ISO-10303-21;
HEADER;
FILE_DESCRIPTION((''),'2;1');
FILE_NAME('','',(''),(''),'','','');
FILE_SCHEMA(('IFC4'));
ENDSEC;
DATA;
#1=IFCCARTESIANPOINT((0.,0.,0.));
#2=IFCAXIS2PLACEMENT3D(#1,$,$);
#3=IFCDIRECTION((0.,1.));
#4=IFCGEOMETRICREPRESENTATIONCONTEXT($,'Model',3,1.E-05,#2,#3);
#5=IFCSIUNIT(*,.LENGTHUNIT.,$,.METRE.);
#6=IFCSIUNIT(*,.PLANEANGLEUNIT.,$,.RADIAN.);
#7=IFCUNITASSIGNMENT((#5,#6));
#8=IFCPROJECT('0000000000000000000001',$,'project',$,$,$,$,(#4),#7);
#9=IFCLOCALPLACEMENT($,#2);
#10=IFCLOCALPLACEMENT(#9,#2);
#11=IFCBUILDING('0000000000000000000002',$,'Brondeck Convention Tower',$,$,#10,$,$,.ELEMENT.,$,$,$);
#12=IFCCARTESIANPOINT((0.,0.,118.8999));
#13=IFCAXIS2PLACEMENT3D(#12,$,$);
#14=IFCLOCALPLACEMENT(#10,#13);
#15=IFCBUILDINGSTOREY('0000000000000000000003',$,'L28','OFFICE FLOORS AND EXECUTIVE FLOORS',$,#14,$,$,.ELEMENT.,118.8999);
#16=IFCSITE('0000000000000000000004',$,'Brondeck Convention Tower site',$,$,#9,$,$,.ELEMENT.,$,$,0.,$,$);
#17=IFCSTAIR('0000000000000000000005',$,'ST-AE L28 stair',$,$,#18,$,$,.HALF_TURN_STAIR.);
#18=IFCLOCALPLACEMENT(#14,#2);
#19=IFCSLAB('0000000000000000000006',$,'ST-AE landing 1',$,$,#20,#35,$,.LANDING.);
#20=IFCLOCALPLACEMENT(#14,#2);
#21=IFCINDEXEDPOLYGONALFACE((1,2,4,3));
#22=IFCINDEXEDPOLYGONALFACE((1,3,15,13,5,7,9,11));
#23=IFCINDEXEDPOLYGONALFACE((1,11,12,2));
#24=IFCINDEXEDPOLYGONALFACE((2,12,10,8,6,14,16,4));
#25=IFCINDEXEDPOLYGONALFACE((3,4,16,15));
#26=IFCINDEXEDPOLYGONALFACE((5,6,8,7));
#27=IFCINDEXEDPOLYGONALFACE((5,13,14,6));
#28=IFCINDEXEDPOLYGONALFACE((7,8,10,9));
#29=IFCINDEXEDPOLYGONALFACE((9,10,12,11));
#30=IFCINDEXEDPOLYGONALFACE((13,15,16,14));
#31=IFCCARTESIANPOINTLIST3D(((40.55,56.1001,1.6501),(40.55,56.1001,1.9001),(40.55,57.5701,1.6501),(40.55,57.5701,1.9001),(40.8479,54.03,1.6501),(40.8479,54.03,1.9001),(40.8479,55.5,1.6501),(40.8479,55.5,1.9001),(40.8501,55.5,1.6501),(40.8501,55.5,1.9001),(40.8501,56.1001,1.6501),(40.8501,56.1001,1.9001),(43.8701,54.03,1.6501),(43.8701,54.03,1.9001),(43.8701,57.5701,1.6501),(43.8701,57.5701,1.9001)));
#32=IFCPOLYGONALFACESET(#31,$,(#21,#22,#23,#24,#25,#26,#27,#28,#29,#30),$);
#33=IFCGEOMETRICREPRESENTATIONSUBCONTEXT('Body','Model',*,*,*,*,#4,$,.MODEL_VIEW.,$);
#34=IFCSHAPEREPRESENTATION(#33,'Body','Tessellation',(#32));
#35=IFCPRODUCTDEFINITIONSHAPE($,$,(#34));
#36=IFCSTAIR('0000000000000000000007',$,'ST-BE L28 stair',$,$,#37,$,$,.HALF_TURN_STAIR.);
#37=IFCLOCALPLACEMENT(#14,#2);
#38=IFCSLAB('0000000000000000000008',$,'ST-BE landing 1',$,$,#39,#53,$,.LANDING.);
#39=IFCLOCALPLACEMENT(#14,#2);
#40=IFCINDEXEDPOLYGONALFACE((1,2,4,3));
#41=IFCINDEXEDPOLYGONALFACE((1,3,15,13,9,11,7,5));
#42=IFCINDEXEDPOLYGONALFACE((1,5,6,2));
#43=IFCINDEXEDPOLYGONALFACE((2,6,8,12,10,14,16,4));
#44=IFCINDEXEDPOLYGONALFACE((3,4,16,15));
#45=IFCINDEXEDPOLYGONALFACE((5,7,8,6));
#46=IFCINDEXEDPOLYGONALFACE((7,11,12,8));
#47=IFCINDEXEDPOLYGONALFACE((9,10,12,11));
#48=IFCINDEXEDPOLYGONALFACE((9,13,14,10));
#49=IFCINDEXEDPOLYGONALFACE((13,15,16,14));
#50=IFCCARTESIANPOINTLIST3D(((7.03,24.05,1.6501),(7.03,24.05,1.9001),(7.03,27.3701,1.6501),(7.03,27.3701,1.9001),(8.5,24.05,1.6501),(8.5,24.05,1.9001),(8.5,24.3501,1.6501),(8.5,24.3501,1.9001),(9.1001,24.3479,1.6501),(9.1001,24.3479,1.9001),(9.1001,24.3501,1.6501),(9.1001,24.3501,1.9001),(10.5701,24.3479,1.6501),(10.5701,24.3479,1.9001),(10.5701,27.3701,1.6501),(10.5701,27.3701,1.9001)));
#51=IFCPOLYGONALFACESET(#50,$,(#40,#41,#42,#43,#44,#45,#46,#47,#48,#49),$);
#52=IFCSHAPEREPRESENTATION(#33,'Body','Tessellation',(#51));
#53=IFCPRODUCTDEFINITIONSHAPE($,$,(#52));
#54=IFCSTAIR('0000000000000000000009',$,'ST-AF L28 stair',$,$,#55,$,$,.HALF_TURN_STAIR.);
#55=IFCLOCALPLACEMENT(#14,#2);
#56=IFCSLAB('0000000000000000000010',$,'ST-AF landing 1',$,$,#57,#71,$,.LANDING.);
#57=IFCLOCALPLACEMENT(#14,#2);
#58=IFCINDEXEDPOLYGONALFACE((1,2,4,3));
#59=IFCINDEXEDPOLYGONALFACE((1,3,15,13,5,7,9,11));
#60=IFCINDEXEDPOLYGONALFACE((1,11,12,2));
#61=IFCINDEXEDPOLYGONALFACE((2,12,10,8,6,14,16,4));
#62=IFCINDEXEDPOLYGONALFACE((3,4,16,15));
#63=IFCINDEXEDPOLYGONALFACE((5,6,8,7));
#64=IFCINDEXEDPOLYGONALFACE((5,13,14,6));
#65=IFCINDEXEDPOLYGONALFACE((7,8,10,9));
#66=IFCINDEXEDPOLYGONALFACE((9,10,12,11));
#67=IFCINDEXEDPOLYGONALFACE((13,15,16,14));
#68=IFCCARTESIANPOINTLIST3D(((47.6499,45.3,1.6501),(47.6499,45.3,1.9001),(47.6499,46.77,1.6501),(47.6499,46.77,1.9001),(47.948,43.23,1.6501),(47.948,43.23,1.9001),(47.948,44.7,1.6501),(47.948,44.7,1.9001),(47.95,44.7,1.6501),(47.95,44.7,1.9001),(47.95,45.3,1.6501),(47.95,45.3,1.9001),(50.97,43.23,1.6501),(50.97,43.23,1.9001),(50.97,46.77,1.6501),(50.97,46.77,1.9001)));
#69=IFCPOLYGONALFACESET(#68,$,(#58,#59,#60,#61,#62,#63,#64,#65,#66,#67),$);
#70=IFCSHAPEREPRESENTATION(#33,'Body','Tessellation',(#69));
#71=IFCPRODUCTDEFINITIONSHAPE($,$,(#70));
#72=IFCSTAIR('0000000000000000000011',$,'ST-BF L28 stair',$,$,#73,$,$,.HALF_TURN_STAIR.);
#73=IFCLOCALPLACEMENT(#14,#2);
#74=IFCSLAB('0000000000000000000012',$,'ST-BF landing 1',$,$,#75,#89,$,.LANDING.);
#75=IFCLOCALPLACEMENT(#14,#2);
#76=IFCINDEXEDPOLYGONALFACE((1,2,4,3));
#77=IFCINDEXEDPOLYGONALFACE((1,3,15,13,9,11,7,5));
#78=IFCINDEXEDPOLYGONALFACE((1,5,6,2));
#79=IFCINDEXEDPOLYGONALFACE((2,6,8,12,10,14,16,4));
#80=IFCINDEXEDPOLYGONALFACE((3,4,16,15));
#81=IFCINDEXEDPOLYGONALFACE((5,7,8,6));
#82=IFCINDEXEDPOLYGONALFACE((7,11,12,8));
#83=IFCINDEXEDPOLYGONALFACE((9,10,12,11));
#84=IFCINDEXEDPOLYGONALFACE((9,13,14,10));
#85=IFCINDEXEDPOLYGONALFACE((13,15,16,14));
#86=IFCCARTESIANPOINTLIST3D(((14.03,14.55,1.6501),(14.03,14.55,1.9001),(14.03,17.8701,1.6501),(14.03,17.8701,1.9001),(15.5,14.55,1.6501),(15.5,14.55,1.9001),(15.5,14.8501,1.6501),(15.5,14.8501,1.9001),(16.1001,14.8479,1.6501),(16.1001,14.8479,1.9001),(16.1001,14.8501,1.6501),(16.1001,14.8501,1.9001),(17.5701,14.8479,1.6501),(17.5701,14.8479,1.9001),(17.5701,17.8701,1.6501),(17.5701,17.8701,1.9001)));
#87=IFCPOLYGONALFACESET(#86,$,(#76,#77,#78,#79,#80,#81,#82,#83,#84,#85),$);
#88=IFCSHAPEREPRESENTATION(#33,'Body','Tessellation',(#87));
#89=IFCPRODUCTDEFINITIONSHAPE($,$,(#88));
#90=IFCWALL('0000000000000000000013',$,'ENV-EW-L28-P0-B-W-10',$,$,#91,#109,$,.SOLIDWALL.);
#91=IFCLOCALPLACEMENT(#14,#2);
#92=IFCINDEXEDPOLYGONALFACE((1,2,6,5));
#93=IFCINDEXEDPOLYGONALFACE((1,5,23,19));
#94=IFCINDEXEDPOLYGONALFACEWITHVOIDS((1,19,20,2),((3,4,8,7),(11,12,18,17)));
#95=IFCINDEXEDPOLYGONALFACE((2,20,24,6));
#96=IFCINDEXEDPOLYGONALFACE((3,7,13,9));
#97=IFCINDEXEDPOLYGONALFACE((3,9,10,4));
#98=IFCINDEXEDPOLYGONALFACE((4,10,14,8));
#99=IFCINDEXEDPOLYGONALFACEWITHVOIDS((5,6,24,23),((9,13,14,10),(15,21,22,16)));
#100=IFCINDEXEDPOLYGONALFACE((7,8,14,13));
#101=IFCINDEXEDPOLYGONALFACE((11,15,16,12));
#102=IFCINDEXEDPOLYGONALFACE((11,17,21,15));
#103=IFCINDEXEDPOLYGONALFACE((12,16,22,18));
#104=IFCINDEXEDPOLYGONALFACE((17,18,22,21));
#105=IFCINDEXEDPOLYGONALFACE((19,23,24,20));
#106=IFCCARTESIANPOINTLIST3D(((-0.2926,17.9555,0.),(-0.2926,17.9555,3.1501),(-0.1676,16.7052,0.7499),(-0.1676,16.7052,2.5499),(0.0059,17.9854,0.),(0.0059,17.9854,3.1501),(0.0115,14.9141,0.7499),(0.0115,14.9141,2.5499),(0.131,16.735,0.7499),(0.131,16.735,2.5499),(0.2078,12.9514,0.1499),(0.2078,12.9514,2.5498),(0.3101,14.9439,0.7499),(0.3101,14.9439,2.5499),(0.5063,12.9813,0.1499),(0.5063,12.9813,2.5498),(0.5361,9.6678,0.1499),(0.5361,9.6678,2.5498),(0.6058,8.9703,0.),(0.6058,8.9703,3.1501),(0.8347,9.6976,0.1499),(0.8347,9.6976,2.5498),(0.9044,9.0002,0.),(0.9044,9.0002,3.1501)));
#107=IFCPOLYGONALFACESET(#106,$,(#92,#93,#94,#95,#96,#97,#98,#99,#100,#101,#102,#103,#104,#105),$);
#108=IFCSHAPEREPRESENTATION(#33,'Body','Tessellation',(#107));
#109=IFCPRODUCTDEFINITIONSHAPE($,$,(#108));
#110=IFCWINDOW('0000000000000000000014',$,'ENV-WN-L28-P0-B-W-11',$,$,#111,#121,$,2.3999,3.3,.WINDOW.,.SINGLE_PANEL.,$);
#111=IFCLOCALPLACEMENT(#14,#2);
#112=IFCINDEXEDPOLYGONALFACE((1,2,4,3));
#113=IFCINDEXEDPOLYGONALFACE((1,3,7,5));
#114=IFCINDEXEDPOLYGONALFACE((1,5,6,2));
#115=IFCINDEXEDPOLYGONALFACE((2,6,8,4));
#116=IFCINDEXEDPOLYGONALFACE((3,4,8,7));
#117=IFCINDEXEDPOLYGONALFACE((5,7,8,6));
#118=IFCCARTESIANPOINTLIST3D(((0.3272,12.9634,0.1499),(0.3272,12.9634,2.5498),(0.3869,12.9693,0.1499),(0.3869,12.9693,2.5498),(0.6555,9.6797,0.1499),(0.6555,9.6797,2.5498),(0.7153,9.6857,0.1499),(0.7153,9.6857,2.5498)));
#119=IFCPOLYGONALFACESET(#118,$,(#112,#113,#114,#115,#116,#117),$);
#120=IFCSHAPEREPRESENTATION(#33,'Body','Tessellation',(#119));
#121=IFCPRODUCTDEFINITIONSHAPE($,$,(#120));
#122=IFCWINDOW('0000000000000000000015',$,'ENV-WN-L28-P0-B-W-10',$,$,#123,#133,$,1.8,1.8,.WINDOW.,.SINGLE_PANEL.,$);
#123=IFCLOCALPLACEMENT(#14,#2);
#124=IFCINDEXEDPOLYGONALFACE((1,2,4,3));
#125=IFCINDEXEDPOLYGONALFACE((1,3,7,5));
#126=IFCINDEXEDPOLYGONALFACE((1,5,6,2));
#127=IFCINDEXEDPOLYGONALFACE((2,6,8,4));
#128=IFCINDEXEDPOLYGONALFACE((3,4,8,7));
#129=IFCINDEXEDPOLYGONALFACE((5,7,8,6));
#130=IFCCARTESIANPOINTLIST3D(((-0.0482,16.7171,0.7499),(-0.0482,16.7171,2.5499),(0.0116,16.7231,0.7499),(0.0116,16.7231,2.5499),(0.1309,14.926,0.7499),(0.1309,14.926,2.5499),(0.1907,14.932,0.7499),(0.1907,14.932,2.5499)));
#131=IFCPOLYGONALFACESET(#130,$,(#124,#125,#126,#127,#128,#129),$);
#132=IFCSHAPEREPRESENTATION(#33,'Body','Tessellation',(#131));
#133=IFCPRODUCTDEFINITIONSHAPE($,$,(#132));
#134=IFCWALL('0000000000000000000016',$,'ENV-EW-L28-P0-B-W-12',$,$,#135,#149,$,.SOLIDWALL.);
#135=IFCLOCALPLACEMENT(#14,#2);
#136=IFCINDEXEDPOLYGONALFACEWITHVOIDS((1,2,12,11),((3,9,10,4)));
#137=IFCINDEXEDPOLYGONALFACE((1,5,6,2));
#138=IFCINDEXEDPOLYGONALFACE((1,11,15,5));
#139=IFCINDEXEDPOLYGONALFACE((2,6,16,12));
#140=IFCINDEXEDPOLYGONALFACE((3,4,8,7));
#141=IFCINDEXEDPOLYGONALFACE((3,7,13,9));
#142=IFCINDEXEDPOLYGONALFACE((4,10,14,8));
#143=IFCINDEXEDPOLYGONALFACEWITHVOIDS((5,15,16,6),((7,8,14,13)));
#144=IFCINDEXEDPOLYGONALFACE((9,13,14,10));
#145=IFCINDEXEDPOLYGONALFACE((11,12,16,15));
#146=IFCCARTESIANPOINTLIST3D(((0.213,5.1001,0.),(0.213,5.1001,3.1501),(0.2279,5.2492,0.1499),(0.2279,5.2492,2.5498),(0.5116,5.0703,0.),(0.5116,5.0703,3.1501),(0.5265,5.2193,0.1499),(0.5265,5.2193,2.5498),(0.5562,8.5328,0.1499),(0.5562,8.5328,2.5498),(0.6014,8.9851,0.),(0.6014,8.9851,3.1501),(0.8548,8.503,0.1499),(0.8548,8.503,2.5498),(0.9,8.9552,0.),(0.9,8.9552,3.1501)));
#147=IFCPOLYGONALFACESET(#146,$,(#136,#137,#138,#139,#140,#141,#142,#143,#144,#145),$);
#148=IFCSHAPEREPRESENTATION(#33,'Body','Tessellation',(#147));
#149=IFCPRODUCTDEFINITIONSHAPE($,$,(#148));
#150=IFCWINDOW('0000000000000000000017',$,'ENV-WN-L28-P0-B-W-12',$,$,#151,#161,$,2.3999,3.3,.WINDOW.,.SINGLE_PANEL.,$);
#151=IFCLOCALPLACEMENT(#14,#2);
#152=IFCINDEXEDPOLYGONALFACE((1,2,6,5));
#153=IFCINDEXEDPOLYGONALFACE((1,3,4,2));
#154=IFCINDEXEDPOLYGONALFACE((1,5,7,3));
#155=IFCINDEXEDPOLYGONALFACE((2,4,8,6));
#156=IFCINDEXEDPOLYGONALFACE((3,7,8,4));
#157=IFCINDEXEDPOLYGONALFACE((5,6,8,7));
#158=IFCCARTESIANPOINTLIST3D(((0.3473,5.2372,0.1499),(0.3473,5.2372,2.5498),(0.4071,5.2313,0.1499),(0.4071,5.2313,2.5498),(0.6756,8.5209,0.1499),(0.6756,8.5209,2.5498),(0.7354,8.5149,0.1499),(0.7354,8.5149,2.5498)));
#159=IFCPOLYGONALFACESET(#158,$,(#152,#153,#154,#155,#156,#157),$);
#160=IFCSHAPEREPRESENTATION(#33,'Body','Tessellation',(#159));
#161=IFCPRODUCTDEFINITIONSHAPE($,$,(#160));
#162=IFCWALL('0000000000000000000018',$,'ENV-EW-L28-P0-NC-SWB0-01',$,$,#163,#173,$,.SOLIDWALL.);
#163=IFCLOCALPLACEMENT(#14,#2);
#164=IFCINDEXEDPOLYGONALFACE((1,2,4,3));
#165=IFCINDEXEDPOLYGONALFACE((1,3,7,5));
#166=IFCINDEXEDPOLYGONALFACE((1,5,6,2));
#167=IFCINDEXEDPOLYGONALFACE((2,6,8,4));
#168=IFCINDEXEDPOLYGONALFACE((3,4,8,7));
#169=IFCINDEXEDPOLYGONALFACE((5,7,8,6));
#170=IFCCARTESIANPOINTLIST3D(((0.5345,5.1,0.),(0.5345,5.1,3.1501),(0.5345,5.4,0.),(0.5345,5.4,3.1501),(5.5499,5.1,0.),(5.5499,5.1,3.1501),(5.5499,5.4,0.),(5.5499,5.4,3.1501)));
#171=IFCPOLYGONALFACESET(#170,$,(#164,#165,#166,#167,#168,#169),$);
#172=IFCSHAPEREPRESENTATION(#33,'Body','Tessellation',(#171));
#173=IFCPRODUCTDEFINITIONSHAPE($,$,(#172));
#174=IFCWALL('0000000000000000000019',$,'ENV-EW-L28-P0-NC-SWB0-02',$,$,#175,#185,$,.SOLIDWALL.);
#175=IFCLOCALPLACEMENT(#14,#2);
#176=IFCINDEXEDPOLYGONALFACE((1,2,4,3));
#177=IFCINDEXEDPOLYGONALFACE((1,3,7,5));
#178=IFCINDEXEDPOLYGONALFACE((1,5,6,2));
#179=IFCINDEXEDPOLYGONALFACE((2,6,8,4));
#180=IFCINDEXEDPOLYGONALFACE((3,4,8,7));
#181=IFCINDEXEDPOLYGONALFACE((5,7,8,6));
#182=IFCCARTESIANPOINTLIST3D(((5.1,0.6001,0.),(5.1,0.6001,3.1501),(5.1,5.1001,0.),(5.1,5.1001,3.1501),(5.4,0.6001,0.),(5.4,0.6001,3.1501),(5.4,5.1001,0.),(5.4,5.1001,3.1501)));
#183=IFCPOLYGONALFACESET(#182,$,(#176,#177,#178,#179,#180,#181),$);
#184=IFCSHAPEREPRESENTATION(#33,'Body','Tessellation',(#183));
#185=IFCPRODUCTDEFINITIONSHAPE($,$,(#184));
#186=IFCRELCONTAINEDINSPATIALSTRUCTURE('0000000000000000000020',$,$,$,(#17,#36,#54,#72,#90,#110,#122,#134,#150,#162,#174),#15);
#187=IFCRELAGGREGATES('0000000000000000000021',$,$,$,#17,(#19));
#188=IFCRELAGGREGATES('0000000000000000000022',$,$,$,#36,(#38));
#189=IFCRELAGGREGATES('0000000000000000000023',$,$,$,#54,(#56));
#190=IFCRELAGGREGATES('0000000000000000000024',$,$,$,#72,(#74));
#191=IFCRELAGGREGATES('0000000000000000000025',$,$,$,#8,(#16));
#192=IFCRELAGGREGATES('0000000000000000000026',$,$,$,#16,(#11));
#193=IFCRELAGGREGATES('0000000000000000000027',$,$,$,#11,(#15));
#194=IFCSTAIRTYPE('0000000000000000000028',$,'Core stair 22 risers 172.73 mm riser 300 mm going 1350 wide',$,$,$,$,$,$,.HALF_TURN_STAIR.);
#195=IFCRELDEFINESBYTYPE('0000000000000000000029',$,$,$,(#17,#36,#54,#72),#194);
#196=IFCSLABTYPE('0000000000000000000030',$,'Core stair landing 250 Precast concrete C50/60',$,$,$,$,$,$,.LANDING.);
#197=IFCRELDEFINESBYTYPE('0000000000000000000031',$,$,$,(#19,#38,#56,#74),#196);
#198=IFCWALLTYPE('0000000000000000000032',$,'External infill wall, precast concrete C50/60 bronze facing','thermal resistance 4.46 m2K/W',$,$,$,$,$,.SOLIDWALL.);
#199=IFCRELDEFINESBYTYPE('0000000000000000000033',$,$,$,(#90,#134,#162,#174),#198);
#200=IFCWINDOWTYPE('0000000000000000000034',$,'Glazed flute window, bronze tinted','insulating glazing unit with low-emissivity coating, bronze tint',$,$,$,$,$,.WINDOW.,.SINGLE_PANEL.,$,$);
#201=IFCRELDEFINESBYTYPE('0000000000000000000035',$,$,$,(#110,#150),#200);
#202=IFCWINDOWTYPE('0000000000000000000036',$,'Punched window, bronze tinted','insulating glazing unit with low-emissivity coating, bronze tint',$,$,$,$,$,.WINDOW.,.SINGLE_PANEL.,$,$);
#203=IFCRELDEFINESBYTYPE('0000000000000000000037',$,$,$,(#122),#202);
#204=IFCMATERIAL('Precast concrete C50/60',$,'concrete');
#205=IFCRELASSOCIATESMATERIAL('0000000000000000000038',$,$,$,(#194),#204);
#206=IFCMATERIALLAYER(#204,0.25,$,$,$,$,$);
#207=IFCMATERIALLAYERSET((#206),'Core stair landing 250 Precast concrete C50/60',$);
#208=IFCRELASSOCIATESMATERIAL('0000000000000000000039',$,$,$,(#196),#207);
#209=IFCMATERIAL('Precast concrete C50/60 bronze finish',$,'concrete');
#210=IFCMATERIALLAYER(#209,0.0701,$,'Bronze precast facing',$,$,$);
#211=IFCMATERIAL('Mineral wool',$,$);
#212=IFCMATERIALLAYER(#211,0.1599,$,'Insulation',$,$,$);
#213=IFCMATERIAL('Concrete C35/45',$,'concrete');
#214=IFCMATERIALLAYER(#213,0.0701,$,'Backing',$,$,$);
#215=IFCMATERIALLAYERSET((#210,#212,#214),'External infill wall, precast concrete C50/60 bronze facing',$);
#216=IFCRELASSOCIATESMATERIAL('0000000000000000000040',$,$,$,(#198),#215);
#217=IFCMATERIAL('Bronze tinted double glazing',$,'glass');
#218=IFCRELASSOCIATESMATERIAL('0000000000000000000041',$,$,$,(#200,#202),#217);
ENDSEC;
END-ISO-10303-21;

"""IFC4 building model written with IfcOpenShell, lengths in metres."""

from ifc_helpers import new_model, si_unit, direction, frame, frame_2d, origin, place, context, subcontext, project, spatial, polyline, rectangle, outline, extrude, material, layer, layer_set, type_object, element, fill, aggregate, save


model = new_model("IFC4")

# Units and contexts
model_context = context("Model", 3, precision=1e-05, world=origin(), true_north=direction((0.0, 1.0)))
body_context = subcontext(model_context, "Body", "Model", "MODEL_VIEW")
ifc_project = project(units=[si_unit("LENGTHUNIT", "METRE"), si_unit("PLANEANGLEUNIT", "RADIAN")], contexts=[model_context])

# Site, building, storey
site_placement = place(None, origin())
site = spatial("IfcSite", under=ifc_project, at=site_placement, Name="Brondeck Convention Tower site", CompositionType="ELEMENT", RefElevation=0.0)
building_placement = place(site_placement, origin())
building = spatial("IfcBuilding", under=site, at=building_placement, Name="Brondeck Convention Tower", CompositionType="ELEMENT")
storey_placement = place(building_placement, frame((0.0, 0.0, 118.8999)))
storey = spatial("IfcBuildingStorey", under=building, at=storey_placement, Name="L28", Description="OFFICE FLOORS AND EXECUTIVE FLOORS", CompositionType="ELEMENT", Elevation=118.8999)

# Shared definitions
ifc_material_1 = material(Name="Concrete C35/45", Category="concrete")

# Stairs, slabs
ifc_material_2 = material(Name="Precast concrete C50/60", Category="concrete")
stair_type = type_object("IfcStairType", Name="Core stair 22 risers 172.73 mm riser 300 mm going 1350 wide", PredefinedType="HALF_TURN_STAIR", material=ifc_material_2)
ifc_layer_1 = layer(ifc_material_2, 0.25)
ifc_layer_set_1 = layer_set([ifc_layer_1], Name="Core stair landing 250 Precast concrete C50/60")
slab_type_1 = type_object("IfcSlabType", Name="Core stair landing 250 Precast concrete C50/60", PredefinedType="LANDING", material=ifc_layer_set_1)
stair_1_placement = place(storey_placement, origin())
stair_1 = element("IfcStair", 1, at=stair_1_placement, inside=storey, type_object=stair_type, Name="ST-AE L28 stair", PredefinedType="HALF_TURN_STAIR")
slab_1_placement = place(storey_placement, frame((0.0, 0.0, 1.6501)))
slab_1 = element("IfcSlab", 2, at=slab_1_placement, type_object=slab_type_1, Name="ST-AE landing 1", PredefinedType="LANDING", context=body_context, shape_type="SweptSolid", body=[
    extrude(outline(polyline([(40.8479, 55.5), (40.8501, 55.5), (40.8501, 56.1001), (40.55, 56.1001), (40.55, 57.5701), (43.8701, 57.5701), (43.8701, 54.03), (40.8479, 54.03), (40.8479, 55.5)])), origin(), (0.0, 0.0, 1.0), 0.25),
])
aggregate(stair_1, [slab_1])
stair_2_placement = place(storey_placement, origin())
stair_2 = element("IfcStair", 3, at=stair_2_placement, inside=storey, type_object=stair_type, Name="ST-BE L28 stair", PredefinedType="HALF_TURN_STAIR")
slab_2_placement = place(storey_placement, frame((0.0, 0.0, 1.6501)))
slab_2 = element("IfcSlab", 4, at=slab_2_placement, type_object=slab_type_1, Name="ST-BE landing 1", PredefinedType="LANDING", context=body_context, shape_type="SweptSolid", body=[
    extrude(outline(polyline([(7.03, 24.05), (7.03, 27.3701), (10.5701, 27.3701), (10.5701, 24.3479), (9.1001, 24.3479), (9.1001, 24.3501), (8.5, 24.3501), (8.5, 24.05), (7.03, 24.05)])), origin(), (0.0, 0.0, 1.0), 0.25),
])
aggregate(stair_2, [slab_2])
stair_3_placement = place(storey_placement, origin())
stair_3 = element("IfcStair", 5, at=stair_3_placement, inside=storey, type_object=stair_type, Name="ST-AF L28 stair", PredefinedType="HALF_TURN_STAIR")
slab_3_placement = place(storey_placement, frame((0.0, 0.0, 1.6501)))
slab_3 = element("IfcSlab", 6, at=slab_3_placement, type_object=slab_type_1, Name="ST-AF landing 1", PredefinedType="LANDING", context=body_context, shape_type="SweptSolid", body=[
    extrude(outline(polyline([(47.948, 44.7), (47.95, 44.7), (47.95, 45.3), (47.6499, 45.3), (47.6499, 46.77), (50.97, 46.77), (50.97, 43.23), (47.948, 43.23), (47.948, 44.7)])), origin(), (0.0, 0.0, 1.0), 0.25),
])
aggregate(stair_3, [slab_3])
stair_4_placement = place(storey_placement, origin())
stair_4 = element("IfcStair", 7, at=stair_4_placement, inside=storey, type_object=stair_type, Name="ST-BF L28 stair", PredefinedType="HALF_TURN_STAIR")
slab_4_placement = place(storey_placement, frame((0.0, 0.0, 1.6501)))
slab_4 = element("IfcSlab", 8, at=slab_4_placement, type_object=slab_type_1, Name="ST-BF landing 1", PredefinedType="LANDING", context=body_context, shape_type="SweptSolid", body=[
    extrude(outline(polyline([(14.03, 14.55), (14.03, 17.8701), (17.5701, 17.8701), (17.5701, 14.8479), (16.1001, 14.8479), (16.1001, 14.8501), (15.5, 14.8501), (15.5, 14.55), (14.03, 14.55)])), origin(), (0.0, 0.0, 1.0), 0.25),
])
aggregate(stair_4, [slab_4])

# Wall, openings, windows
ifc_material_3 = material(Name="Precast concrete C50/60 bronze finish", Category="concrete")
ifc_layer_2 = layer(ifc_material_3, 0.0701, Name="Bronze precast facing")
ifc_material_4 = material(Name="Mineral wool")
ifc_layer_3 = layer(ifc_material_4, 0.1599, Name="Insulation")
ifc_layer_4 = layer(ifc_material_1, 0.0701, Name="Backing")
ifc_layer_set_2 = layer_set([ifc_layer_2, ifc_layer_3, ifc_layer_4], Name="External infill wall, precast concrete C50/60 bronze facing")
wall_type = type_object("IfcWallType", Name="External infill wall, precast concrete C50/60 bronze facing", Description="thermal resistance 4.46 m2K/W", PredefinedType="SOLIDWALL", material=ifc_layer_set_2)
wall_1_placement = place(storey_placement, frame((0.7551, 8.9851, 0.0), z_axis=(0.0, 0.0, 1.0), x_axis=(-0.099496, 0.995038, 0.0)))
wall_1 = element("IfcWall", 9, at=wall_1_placement, inside=storey, type_object=wall_type, Name="ENV-EW-L28-P0-B-W-10", PredefinedType="SOLIDWALL", context=body_context, shape_type="SweptSolid", body=[
    extrude(rectangle(XDim=9.03, YDim=0.3, at=frame_2d((4.5151, 0.0))), origin(), (0.0, 0.0, 1.0), 3.1501),
])
opening_1_placement = place(wall_1_placement, frame((0.7012, 0.0, 0.1499)))
opening_1 = element("IfcOpeningElement", 10, at=opening_1_placement, cuts=wall_1, PredefinedType="OPENING", context=body_context, shape_type="SweptSolid", body=[
    extrude(rectangle(XDim=3.3, YDim=2.3999, at=frame_2d((1.6499, 1.2))), frame((0.0, 0.1599, 0.0), z_axis=(0.0, -1.0, 0.0), x_axis=(1.0, 0.0, 0.0)), (0.0, 0.0, 1.0), 0.3201),
])
opening_2_placement = place(wall_1_placement, frame((5.9736, 0.0, 0.75)))
opening_2 = element("IfcOpeningElement", 11, at=opening_2_placement, cuts=wall_1, PredefinedType="OPENING", context=body_context, shape_type="SweptSolid", body=[
    extrude(rectangle(XDim=1.8, YDim=1.8, at=frame_2d((0.8999, 0.8999))), frame((0.0, 0.1599, 0.0), z_axis=(0.0, -1.0, 0.0), x_axis=(1.0, 0.0, 0.0)), (0.0, 0.0, 1.0), 0.3201),
])
ifc_material_5 = material(Name="Bronze tinted double glazing", Category="glass")
window_type_1 = type_object("IfcWindowType", Name="Glazed flute window, bronze tinted", Description="insulating glazing unit with low-emissivity coating, bronze tint", PartitioningType="SINGLE_PANEL", PredefinedType="WINDOW", material=ifc_material_5)
window_1_placement = place(opening_1_placement, origin())
window_1 = element("IfcWindow", 12, at=window_1_placement, inside=storey, type_object=window_type_1, Name="ENV-WN-L28-P0-B-W-11", OverallHeight=2.3999, OverallWidth=3.3, PartitioningType="SINGLE_PANEL", PredefinedType="WINDOW", context=body_context, shape_type="SweptSolid", body=[
    extrude(rectangle(XDim=3.3, YDim=2.3999, at=frame_2d((1.6499, 1.2))), frame((0.0, 0.03, 0.0), z_axis=(0.0, -1.0, 0.0), x_axis=(1.0, 0.0, 0.0)), (0.0, 0.0, 1.0), 0.0601),
])
fill(opening_1, window_1)
window_type_2 = type_object("IfcWindowType", Name="Punched window, bronze tinted", Description="insulating glazing unit with low-emissivity coating, bronze tint", PartitioningType="SINGLE_PANEL", PredefinedType="WINDOW", material=ifc_material_5)
window_2_placement = place(opening_2_placement, origin())
window_2 = element("IfcWindow", 13, at=window_2_placement, inside=storey, type_object=window_type_2, Name="ENV-WN-L28-P0-B-W-10", OverallHeight=1.8, OverallWidth=1.8, PartitioningType="SINGLE_PANEL", PredefinedType="WINDOW", context=body_context, shape_type="SweptSolid", body=[
    extrude(rectangle(XDim=1.8, YDim=1.8, at=frame_2d((0.8999, 0.8999))), frame((0.0, 0.03, 0.0), z_axis=(0.0, -1.0, 0.0), x_axis=(1.0, 0.0, 0.0)), (0.0, 0.0, 1.0), 0.0601),
])
fill(opening_2, window_2)

# Wall, opening, window
wall_2_placement = place(storey_placement, frame((0.3623, 5.0852, 0.0), z_axis=(0.0, 0.0, 1.0), x_axis=(0.099485, 0.995039, 0.0)))
wall_2 = element("IfcWall", 14, at=wall_2_placement, inside=storey, type_object=wall_type, Name="ENV-EW-L28-P0-B-W-12", PredefinedType="SOLIDWALL", context=body_context, shape_type="SweptSolid", body=[
    extrude(rectangle(XDim=3.9043, YDim=0.3, at=frame_2d((1.9521, 0.0))), origin(), (0.0, 0.0, 1.0), 3.1501),
])
opening_3_placement = place(wall_2_placement, frame((0.1499, 0.0, 0.1499)))
opening_3 = element("IfcOpeningElement", 15, at=opening_3_placement, cuts=wall_2, PredefinedType="OPENING", context=body_context, shape_type="SweptSolid", body=[
    extrude(rectangle(XDim=3.3, YDim=2.3999, at=frame_2d((1.6499, 1.2))), frame((0.0, 0.1599, 0.0), z_axis=(0.0, -1.0, 0.0), x_axis=(1.0, 0.0, 0.0)), (0.0, 0.0, 1.0), 0.3201),
])
window_3_placement = place(opening_3_placement, origin())
window_3 = element("IfcWindow", 16, at=window_3_placement, inside=storey, type_object=window_type_1, Name="ENV-WN-L28-P0-B-W-12", OverallHeight=2.3999, OverallWidth=3.3, PartitioningType="SINGLE_PANEL", PredefinedType="WINDOW", context=body_context, shape_type="SweptSolid", body=[
    extrude(rectangle(XDim=3.3, YDim=2.3999, at=frame_2d((1.6499, 1.2))), frame((0.0, 0.03, 0.0), z_axis=(0.0, -1.0, 0.0), x_axis=(1.0, 0.0, 0.0)), (0.0, 0.0, 1.0), 0.0601),
])
fill(opening_3, window_3)

# Walls
wall_3_placement = place(storey_placement, frame((5.55, 5.25, 0.0), z_axis=(0.0, 0.0, 1.0), x_axis=(-1.0, 0.0, 0.0)))
element("IfcWall", 17, at=wall_3_placement, inside=storey, type_object=wall_type, Name="ENV-EW-L28-P0-NC-SWB0-01", PredefinedType="SOLIDWALL", context=body_context, shape_type="SweptSolid", body=[
    extrude(rectangle(XDim=5.0154, YDim=0.3, at=frame_2d((2.5078, 0.0))), origin(), (0.0, 0.0, 1.0), 3.1501),
])
wall_4_placement = place(storey_placement, frame((5.25, 0.6001, 0.0), z_axis=(0.0, 0.0, 1.0), x_axis=(0.0, 1.0, 0.0)))
element("IfcWall", 18, at=wall_4_placement, inside=storey, type_object=wall_type, Name="ENV-EW-L28-P0-NC-SWB0-02", PredefinedType="SOLIDWALL", context=body_context, shape_type="SweptSolid", body=[
    extrude(rectangle(XDim=4.5, YDim=0.3, at=frame_2d((2.25, 0.0))), origin(), (0.0, 0.0, 1.0), 3.1501),
])

save(model, "model.ifc")
